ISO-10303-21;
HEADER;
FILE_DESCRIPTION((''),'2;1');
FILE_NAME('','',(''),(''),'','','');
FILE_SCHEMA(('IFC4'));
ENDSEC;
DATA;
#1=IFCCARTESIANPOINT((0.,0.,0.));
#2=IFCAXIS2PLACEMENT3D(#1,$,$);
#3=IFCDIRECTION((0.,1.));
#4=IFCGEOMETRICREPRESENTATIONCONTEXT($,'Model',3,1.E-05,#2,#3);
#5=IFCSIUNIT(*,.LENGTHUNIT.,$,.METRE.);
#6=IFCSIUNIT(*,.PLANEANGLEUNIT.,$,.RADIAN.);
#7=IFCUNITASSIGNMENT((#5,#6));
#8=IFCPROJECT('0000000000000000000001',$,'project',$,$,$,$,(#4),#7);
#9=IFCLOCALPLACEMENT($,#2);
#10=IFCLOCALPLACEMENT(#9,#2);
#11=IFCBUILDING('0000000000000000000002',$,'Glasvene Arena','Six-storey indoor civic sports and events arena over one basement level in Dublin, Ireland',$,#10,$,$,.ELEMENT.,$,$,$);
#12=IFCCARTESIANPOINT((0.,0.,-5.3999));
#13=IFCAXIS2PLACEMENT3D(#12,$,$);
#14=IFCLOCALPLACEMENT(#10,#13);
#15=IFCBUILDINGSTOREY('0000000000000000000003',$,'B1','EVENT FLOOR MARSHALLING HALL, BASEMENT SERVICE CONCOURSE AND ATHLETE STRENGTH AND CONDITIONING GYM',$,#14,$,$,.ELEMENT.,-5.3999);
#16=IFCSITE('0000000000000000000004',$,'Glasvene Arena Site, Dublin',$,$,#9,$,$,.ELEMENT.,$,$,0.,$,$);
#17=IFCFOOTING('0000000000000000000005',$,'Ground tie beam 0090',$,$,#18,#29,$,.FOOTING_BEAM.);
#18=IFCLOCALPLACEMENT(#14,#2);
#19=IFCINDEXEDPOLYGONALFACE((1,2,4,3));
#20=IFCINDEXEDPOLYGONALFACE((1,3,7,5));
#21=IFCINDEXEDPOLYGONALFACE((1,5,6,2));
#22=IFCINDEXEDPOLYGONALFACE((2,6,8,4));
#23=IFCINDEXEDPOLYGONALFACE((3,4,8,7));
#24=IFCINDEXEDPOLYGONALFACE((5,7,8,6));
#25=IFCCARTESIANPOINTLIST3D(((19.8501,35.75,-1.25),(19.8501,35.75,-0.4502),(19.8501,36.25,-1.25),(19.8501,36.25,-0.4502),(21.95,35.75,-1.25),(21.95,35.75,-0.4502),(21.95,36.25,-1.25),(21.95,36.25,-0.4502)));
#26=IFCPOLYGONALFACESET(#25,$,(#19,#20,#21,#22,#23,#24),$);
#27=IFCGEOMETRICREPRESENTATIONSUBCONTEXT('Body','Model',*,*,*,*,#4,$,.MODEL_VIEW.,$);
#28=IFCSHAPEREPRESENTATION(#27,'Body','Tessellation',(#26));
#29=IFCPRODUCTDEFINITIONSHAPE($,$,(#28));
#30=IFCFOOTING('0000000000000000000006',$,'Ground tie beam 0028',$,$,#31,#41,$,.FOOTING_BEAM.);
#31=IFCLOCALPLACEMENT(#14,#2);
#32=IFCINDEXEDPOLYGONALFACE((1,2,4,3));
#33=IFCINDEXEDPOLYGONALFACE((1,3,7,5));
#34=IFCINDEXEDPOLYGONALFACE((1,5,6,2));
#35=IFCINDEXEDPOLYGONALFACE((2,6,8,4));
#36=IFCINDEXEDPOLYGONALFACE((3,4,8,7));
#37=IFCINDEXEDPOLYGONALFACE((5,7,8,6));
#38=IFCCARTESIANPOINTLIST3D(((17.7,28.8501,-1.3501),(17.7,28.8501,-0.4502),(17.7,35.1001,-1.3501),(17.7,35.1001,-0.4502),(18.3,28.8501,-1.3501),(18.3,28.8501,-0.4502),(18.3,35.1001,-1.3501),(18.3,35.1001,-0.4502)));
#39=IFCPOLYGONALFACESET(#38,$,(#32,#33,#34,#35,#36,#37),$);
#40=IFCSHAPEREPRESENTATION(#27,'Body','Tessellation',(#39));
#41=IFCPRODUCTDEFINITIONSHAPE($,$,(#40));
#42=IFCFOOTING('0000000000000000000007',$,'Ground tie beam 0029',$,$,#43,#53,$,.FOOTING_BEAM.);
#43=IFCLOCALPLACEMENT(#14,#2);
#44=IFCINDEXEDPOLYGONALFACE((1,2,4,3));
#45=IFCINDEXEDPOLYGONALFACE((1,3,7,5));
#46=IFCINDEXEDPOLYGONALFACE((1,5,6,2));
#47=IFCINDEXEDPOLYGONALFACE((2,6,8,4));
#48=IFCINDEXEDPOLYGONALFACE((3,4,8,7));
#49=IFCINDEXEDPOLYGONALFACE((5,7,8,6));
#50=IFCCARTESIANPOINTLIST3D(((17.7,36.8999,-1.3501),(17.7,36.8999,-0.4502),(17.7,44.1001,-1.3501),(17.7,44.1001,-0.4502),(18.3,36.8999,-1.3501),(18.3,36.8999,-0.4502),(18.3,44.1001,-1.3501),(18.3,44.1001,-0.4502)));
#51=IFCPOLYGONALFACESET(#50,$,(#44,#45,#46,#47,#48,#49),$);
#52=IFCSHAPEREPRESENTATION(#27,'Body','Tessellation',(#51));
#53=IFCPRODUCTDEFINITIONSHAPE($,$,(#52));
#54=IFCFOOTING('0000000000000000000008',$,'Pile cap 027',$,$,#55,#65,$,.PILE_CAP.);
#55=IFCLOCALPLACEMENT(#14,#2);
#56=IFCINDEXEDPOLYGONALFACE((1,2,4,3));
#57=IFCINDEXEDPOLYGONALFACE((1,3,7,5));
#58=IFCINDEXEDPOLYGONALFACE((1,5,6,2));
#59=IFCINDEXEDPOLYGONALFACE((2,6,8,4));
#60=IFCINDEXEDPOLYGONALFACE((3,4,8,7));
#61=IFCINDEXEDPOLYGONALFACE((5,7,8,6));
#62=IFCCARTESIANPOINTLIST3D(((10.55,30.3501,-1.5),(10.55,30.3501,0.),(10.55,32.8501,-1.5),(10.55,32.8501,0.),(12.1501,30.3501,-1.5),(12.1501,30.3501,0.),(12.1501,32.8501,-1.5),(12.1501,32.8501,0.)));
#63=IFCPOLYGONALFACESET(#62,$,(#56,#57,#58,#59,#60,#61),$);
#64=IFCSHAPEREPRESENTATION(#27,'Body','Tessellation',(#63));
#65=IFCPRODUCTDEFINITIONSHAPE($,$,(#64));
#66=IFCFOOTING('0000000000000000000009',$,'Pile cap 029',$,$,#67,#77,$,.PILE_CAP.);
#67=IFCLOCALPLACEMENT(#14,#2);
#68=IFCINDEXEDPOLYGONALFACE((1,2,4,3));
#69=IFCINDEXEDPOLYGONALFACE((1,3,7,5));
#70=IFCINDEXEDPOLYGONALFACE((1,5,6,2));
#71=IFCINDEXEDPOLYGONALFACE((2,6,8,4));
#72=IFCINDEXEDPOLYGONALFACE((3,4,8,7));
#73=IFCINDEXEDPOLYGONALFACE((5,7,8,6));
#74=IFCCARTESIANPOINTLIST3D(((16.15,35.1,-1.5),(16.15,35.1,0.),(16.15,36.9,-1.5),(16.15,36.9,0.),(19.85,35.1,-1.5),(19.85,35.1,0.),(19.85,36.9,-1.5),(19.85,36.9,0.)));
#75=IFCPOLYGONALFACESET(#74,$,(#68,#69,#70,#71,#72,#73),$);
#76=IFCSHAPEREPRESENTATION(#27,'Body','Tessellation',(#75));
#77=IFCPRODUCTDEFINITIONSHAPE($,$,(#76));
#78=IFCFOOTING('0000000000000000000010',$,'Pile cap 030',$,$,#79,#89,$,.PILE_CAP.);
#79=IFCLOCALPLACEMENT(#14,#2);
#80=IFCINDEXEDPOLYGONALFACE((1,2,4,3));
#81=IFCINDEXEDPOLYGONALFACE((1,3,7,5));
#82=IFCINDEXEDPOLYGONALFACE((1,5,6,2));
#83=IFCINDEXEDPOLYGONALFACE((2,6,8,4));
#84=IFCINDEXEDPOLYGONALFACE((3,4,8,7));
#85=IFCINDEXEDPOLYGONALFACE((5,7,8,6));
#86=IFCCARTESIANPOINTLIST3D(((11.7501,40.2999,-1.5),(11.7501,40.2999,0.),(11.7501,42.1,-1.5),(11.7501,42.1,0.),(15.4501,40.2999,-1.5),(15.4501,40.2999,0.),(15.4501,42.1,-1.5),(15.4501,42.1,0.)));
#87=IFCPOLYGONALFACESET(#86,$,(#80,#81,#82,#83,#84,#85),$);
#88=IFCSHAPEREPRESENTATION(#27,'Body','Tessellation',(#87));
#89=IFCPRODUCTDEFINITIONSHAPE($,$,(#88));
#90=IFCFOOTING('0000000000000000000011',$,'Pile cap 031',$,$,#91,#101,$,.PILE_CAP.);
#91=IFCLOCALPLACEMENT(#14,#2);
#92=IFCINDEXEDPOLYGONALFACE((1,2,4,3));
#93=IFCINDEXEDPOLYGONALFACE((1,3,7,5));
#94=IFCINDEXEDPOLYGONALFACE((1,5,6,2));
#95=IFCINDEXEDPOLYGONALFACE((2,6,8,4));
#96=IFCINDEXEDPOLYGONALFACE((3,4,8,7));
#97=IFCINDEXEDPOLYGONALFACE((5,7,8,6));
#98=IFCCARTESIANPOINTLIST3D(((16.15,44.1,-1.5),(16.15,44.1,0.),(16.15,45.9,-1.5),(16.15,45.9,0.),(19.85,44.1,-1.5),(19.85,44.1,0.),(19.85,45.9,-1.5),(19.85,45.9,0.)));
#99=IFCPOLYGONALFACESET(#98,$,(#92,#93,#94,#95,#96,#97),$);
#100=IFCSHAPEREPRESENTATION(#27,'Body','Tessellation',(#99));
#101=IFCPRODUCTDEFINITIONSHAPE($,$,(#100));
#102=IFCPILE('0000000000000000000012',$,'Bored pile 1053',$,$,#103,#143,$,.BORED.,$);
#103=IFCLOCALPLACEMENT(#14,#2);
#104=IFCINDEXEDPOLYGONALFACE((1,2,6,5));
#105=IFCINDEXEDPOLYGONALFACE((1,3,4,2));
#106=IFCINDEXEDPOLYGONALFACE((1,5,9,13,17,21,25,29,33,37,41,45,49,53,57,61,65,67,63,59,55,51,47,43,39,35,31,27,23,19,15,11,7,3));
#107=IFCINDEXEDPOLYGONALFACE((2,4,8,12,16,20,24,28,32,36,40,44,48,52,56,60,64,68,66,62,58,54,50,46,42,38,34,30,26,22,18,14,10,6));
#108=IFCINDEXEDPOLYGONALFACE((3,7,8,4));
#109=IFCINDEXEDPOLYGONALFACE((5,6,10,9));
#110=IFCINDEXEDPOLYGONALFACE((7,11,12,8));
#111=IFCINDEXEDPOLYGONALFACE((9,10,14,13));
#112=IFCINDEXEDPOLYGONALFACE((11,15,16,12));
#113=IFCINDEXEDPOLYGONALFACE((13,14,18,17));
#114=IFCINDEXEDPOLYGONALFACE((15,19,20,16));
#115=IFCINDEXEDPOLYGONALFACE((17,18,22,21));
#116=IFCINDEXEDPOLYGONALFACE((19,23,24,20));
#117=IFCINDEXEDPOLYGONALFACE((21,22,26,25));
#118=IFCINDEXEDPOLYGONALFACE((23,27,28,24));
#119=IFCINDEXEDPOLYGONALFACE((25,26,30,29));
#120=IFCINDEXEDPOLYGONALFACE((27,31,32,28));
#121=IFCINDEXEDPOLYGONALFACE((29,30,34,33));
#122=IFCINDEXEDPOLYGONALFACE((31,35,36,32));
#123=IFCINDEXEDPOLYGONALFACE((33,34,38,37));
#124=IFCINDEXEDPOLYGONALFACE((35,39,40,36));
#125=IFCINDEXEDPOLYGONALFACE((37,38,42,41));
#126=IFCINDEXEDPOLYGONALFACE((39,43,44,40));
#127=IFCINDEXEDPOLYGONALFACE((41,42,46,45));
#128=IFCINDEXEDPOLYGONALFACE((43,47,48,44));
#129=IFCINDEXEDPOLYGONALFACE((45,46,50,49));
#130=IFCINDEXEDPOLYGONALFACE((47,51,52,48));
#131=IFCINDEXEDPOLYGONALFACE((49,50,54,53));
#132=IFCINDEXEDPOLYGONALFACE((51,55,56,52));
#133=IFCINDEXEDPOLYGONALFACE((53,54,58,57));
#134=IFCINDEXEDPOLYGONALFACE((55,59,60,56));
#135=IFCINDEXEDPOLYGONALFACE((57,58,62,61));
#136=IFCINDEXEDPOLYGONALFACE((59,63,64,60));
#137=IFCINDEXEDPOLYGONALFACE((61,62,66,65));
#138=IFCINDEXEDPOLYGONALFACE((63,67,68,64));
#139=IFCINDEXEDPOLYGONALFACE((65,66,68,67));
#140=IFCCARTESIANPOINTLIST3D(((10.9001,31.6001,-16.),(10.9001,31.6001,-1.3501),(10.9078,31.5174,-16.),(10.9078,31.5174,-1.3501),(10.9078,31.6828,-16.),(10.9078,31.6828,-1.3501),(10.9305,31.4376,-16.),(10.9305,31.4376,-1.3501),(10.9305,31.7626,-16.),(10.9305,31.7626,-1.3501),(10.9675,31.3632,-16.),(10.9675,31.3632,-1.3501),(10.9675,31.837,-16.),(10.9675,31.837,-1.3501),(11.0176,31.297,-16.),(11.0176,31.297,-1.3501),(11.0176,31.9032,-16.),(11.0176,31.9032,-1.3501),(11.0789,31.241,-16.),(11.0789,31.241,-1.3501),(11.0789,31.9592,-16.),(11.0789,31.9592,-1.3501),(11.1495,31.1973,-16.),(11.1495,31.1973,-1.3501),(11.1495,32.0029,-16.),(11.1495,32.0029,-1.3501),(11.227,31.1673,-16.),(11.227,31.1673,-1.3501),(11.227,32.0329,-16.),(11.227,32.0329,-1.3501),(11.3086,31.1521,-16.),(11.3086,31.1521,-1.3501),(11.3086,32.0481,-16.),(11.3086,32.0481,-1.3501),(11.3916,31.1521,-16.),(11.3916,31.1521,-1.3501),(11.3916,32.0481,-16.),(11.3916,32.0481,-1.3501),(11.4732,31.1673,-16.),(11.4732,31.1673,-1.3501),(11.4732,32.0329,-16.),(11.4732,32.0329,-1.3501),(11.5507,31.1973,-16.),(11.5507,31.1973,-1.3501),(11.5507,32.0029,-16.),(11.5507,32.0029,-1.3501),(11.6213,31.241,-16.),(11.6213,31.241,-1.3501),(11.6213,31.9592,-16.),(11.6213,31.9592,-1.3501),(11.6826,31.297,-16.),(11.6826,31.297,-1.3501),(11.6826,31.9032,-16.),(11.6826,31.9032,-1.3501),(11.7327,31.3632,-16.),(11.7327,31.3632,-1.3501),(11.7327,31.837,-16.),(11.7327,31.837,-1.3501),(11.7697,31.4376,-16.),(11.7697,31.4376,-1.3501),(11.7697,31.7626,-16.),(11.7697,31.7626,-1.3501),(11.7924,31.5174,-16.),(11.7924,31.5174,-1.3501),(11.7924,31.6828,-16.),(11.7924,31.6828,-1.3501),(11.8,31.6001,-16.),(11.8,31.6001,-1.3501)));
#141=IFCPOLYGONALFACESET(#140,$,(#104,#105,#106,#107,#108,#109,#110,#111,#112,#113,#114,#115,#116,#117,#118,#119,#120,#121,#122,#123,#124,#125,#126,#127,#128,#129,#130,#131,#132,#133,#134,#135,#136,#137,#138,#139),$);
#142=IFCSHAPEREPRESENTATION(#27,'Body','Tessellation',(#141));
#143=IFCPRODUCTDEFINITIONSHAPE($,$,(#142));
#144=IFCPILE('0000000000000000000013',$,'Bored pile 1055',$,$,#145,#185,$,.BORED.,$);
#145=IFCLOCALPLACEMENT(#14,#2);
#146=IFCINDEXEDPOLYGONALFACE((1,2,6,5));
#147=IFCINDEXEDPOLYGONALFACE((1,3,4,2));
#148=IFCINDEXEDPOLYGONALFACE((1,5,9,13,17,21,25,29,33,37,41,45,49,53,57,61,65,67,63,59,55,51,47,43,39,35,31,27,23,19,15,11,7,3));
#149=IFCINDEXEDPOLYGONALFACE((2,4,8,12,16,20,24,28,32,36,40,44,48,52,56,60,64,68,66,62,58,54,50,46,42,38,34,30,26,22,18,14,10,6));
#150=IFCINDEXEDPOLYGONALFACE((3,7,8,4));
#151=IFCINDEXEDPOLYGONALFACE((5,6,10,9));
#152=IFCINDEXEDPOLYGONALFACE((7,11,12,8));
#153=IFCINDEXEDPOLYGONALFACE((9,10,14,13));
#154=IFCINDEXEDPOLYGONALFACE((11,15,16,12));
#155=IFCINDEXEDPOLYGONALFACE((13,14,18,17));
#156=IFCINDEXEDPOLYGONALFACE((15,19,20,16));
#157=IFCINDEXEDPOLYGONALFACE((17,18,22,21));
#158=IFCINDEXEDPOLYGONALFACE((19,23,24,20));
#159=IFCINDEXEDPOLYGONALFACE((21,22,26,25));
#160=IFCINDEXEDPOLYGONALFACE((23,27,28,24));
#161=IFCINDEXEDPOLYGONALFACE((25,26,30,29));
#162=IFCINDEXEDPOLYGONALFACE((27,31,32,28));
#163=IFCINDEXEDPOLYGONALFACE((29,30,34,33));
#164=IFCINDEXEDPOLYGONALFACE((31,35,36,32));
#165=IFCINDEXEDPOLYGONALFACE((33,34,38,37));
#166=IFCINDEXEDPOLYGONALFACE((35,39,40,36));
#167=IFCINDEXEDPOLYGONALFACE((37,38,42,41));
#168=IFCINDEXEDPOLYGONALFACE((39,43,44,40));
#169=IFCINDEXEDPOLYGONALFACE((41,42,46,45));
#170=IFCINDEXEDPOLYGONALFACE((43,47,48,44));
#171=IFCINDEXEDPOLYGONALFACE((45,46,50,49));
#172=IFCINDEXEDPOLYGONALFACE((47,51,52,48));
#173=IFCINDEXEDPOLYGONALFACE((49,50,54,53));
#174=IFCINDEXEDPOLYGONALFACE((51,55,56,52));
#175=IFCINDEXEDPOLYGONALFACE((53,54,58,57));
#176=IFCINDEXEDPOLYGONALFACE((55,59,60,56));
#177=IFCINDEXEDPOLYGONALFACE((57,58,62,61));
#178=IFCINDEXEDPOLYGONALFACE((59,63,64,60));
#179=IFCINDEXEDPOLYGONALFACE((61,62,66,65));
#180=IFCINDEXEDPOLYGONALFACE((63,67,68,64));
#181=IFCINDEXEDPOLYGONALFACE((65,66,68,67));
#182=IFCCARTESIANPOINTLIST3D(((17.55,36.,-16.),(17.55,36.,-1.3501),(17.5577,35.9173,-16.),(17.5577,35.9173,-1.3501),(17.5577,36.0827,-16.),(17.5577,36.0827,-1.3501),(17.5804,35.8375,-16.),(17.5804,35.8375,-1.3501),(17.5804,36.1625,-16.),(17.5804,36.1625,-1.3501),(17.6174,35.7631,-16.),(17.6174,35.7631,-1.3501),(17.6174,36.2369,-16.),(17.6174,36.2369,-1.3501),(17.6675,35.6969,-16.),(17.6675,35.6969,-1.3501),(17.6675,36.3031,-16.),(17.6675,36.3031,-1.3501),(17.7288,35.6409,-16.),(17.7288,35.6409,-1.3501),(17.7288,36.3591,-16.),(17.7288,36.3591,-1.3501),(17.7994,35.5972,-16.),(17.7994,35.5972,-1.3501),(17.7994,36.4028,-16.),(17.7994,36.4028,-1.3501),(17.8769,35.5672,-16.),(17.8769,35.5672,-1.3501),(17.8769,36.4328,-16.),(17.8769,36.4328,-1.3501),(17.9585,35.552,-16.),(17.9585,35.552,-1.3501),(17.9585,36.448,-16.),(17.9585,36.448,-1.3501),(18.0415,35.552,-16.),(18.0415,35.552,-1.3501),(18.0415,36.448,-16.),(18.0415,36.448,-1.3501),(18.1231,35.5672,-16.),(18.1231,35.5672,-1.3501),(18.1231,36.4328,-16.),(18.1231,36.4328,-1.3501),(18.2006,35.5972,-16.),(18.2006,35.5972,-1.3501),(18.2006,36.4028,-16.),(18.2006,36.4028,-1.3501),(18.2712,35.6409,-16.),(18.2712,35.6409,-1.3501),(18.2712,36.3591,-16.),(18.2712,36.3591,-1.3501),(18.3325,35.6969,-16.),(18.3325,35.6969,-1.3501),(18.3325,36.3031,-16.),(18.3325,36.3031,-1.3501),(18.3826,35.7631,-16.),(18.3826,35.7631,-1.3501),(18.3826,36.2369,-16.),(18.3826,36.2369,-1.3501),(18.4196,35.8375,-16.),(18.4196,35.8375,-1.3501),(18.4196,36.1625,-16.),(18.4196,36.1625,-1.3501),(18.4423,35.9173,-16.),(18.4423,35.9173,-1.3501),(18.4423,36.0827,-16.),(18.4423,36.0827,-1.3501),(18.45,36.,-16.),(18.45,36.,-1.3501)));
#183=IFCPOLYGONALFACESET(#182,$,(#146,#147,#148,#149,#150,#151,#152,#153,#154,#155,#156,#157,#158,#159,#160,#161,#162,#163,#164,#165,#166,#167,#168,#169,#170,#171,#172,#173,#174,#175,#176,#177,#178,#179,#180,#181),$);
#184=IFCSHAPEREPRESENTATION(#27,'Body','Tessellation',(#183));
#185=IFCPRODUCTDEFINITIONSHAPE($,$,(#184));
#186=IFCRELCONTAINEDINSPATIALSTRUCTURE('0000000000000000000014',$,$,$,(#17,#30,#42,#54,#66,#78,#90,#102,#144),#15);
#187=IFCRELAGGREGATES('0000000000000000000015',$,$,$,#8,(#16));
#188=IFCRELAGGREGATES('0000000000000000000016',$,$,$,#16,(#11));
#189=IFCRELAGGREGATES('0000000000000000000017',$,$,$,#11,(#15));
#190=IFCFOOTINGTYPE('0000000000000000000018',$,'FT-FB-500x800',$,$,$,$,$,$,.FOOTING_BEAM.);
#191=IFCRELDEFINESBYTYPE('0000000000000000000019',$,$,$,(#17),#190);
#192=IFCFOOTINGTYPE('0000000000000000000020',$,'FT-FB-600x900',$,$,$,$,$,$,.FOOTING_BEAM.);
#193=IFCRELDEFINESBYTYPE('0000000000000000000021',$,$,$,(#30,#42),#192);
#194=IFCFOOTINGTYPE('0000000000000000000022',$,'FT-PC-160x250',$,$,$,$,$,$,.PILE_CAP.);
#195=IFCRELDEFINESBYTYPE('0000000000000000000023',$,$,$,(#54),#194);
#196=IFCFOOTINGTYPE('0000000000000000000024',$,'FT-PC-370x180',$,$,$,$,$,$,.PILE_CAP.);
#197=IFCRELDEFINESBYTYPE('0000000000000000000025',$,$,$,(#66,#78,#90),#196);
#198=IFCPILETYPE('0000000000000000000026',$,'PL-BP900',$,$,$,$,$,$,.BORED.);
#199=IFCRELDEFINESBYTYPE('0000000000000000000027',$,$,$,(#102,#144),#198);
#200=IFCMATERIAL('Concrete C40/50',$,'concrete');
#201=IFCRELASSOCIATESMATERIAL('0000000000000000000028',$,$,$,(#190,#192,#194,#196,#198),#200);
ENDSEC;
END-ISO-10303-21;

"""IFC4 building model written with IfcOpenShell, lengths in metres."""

from ifc_helpers import new_model, si_unit, direction, frame, origin, origin_2d, place, context, subcontext, project, spatial, polyline, rectangle, circle, outline, extrude, material, material_profile, profile_set, type_object, element, save


model = new_model("IFC4")

# Units and contexts
model_context = context("Model", 3, precision=1e-05, world=origin(), true_north=direction((0.0, 1.0)))
body_context = subcontext(model_context, "Body", "Model", "MODEL_VIEW")
ifc_project = project(units=[si_unit("LENGTHUNIT", "METRE"), si_unit("PLANEANGLEUNIT", "RADIAN")], contexts=[model_context])

# Site, building, storey
site_placement = place(None, origin())
site = spatial("IfcSite", under=ifc_project, at=site_placement, Name="Glasvene Arena Site, Dublin", CompositionType="ELEMENT", RefElevation=0.0)
building_placement = place(site_placement, origin())
building = spatial("IfcBuilding", under=site, at=building_placement, Name="Glasvene Arena", Description="Six-storey indoor civic sports and events arena over one basement level in Dublin, Ireland", CompositionType="ELEMENT")
storey_placement = place(building_placement, frame((0.0, 0.0, -5.3999)))
storey = spatial("IfcBuildingStorey", under=building, at=storey_placement, Name="B1", Description="EVENT FLOOR MARSHALLING HALL, BASEMENT SERVICE CONCOURSE AND ATHLETE STRENGTH AND CONDITIONING GYM", CompositionType="ELEMENT", Elevation=-5.3999)

# Footings
ifc_material_1 = material(Name="Concrete C40/50", Category="concrete")
footing_type_1 = type_object("IfcFootingType", Name="FT-FB-500x800", PredefinedType="FOOTING_BEAM", material=ifc_material_1)
footing_1_placement = place(storey_placement, frame((20.8999, 36.0, -1.25)))
element("IfcFooting", 1, at=footing_1_placement, inside=storey, type_object=footing_type_1, Name="Ground tie beam 0090", PredefinedType="FOOTING_BEAM", context=body_context, shape_type="SweptSolid", body=[
    extrude(outline(polyline([(-1.0498, -0.25), (1.05, -0.25), (1.05, 0.25), (-1.0498, 0.25), (-1.0498, -0.25)])), origin(), (0.0, 0.0, 1.0), 0.7998),
])
footing_type_2 = type_object("IfcFootingType", Name="FT-FB-600x900", PredefinedType="FOOTING_BEAM", material=ifc_material_1)
footing_2_placement = place(storey_placement, frame((18.0, 31.9751, -1.3501)))
element("IfcFooting", 2, at=footing_2_placement, inside=storey, type_object=footing_type_2, Name="Ground tie beam 0028", PredefinedType="FOOTING_BEAM", context=body_context, shape_type="SweptSolid", body=[
    extrude(outline(polyline([(-0.3, -3.125), (0.3, -3.125), (0.3, 3.125), (-0.3, 3.125), (-0.3, -3.125)])), origin(), (0.0, 0.0, 1.0), 0.8999),
])
footing_3_placement = place(storey_placement, frame((18.0, 40.5, -1.3501)))
element("IfcFooting", 3, at=footing_3_placement, inside=storey, type_object=footing_type_2, Name="Ground tie beam 0029", PredefinedType="FOOTING_BEAM", context=body_context, shape_type="SweptSolid", body=[
    extrude(outline(polyline([(-0.3, -3.6001), (0.3, -3.6001), (0.3, 3.6001), (-0.3, 3.6001), (-0.3, -3.6001)])), origin(), (0.0, 0.0, 1.0), 0.8999),
])
footing_type_3 = type_object("IfcFootingType", Name="FT-PC-160x250", PredefinedType="PILE_CAP", material=ifc_material_1)
footing_4_placement = place(storey_placement, frame((11.3501, 31.6001, -1.5), z_axis=(0.0, 0.0, 1.0), x_axis=(1.0, 0.0, 0.0)))
element("IfcFooting", 4, at=footing_4_placement, inside=storey, type_object=footing_type_3, Name="Pile cap 027", PredefinedType="PILE_CAP", context=body_context, shape_type="SweptSolid", body=[
    extrude(rectangle(XDim=1.6001, YDim=2.5, at=origin_2d()), origin(), (0.0, 0.0, 1.0), 1.5),
])
footing_type_4 = type_object("IfcFootingType", Name="FT-PC-370x180", PredefinedType="PILE_CAP", material=ifc_material_1)
for number, where, z_axis, x_axis, name in (
    (5, (18.0, 36.0, -1.5), (0.0, 0.0, 1.0), (1.0, 0.0, 0.0), "Pile cap 029"),
    (6, (13.6001, 41.2, -1.5), (0.0, 0.0, 1.0), (1.0, 0.0, 0.0), "Pile cap 030"),
    (7, (18.0, 45.0, -1.5), (0.0, 0.0, 1.0), (1.0, 0.0, 0.0), "Pile cap 031"),
):
    element("IfcFooting", number, at=place(storey_placement, frame(where, z_axis=z_axis, x_axis=x_axis)), inside=storey, type_object=footing_type_4, Name=name, PredefinedType="PILE_CAP", context=body_context, shape_type="SweptSolid", body=[
        extrude(rectangle(XDim=3.7, YDim=1.8, at=origin_2d()), origin(), (0.0, 0.0, 1.0), 1.5),
    ])

# Piles
ifc_material_profile_1 = material_profile(ifc_material_1, circle(Radius=0.45, at=origin_2d()), Name="BORED PILE 900")
ifc_profile_set_1 = profile_set([ifc_material_profile_1], Name="Concrete C40/50")
pile_type = type_object("IfcPileType", Name="PL-BP900", PredefinedType="BORED", material=ifc_profile_set_1)
for number, where, z_axis, x_axis, name in (
    (8, (11.3501, 31.6001, -1.3501), (0.0, 0.0, -1.0), (1.0, 0.0, 0.0), "Bored pile 1053"),
    (9, (18.0, 36.0, -1.3501), (0.0, 0.0, -1.0), (1.0, 0.0, 0.0), "Bored pile 1055"),
):
    element("IfcPile", number, at=place(storey_placement, frame(where, z_axis=z_axis, x_axis=x_axis)), inside=storey, type_object=pile_type, Name=name, PredefinedType="BORED", context=body_context, shape_type="SweptSolid", body=[
        extrude(circle(Radius=0.45, at=origin_2d()), origin(), (0.0, 0.0, 1.0), 14.6499),
    ])

save(model, "model.ifc")
